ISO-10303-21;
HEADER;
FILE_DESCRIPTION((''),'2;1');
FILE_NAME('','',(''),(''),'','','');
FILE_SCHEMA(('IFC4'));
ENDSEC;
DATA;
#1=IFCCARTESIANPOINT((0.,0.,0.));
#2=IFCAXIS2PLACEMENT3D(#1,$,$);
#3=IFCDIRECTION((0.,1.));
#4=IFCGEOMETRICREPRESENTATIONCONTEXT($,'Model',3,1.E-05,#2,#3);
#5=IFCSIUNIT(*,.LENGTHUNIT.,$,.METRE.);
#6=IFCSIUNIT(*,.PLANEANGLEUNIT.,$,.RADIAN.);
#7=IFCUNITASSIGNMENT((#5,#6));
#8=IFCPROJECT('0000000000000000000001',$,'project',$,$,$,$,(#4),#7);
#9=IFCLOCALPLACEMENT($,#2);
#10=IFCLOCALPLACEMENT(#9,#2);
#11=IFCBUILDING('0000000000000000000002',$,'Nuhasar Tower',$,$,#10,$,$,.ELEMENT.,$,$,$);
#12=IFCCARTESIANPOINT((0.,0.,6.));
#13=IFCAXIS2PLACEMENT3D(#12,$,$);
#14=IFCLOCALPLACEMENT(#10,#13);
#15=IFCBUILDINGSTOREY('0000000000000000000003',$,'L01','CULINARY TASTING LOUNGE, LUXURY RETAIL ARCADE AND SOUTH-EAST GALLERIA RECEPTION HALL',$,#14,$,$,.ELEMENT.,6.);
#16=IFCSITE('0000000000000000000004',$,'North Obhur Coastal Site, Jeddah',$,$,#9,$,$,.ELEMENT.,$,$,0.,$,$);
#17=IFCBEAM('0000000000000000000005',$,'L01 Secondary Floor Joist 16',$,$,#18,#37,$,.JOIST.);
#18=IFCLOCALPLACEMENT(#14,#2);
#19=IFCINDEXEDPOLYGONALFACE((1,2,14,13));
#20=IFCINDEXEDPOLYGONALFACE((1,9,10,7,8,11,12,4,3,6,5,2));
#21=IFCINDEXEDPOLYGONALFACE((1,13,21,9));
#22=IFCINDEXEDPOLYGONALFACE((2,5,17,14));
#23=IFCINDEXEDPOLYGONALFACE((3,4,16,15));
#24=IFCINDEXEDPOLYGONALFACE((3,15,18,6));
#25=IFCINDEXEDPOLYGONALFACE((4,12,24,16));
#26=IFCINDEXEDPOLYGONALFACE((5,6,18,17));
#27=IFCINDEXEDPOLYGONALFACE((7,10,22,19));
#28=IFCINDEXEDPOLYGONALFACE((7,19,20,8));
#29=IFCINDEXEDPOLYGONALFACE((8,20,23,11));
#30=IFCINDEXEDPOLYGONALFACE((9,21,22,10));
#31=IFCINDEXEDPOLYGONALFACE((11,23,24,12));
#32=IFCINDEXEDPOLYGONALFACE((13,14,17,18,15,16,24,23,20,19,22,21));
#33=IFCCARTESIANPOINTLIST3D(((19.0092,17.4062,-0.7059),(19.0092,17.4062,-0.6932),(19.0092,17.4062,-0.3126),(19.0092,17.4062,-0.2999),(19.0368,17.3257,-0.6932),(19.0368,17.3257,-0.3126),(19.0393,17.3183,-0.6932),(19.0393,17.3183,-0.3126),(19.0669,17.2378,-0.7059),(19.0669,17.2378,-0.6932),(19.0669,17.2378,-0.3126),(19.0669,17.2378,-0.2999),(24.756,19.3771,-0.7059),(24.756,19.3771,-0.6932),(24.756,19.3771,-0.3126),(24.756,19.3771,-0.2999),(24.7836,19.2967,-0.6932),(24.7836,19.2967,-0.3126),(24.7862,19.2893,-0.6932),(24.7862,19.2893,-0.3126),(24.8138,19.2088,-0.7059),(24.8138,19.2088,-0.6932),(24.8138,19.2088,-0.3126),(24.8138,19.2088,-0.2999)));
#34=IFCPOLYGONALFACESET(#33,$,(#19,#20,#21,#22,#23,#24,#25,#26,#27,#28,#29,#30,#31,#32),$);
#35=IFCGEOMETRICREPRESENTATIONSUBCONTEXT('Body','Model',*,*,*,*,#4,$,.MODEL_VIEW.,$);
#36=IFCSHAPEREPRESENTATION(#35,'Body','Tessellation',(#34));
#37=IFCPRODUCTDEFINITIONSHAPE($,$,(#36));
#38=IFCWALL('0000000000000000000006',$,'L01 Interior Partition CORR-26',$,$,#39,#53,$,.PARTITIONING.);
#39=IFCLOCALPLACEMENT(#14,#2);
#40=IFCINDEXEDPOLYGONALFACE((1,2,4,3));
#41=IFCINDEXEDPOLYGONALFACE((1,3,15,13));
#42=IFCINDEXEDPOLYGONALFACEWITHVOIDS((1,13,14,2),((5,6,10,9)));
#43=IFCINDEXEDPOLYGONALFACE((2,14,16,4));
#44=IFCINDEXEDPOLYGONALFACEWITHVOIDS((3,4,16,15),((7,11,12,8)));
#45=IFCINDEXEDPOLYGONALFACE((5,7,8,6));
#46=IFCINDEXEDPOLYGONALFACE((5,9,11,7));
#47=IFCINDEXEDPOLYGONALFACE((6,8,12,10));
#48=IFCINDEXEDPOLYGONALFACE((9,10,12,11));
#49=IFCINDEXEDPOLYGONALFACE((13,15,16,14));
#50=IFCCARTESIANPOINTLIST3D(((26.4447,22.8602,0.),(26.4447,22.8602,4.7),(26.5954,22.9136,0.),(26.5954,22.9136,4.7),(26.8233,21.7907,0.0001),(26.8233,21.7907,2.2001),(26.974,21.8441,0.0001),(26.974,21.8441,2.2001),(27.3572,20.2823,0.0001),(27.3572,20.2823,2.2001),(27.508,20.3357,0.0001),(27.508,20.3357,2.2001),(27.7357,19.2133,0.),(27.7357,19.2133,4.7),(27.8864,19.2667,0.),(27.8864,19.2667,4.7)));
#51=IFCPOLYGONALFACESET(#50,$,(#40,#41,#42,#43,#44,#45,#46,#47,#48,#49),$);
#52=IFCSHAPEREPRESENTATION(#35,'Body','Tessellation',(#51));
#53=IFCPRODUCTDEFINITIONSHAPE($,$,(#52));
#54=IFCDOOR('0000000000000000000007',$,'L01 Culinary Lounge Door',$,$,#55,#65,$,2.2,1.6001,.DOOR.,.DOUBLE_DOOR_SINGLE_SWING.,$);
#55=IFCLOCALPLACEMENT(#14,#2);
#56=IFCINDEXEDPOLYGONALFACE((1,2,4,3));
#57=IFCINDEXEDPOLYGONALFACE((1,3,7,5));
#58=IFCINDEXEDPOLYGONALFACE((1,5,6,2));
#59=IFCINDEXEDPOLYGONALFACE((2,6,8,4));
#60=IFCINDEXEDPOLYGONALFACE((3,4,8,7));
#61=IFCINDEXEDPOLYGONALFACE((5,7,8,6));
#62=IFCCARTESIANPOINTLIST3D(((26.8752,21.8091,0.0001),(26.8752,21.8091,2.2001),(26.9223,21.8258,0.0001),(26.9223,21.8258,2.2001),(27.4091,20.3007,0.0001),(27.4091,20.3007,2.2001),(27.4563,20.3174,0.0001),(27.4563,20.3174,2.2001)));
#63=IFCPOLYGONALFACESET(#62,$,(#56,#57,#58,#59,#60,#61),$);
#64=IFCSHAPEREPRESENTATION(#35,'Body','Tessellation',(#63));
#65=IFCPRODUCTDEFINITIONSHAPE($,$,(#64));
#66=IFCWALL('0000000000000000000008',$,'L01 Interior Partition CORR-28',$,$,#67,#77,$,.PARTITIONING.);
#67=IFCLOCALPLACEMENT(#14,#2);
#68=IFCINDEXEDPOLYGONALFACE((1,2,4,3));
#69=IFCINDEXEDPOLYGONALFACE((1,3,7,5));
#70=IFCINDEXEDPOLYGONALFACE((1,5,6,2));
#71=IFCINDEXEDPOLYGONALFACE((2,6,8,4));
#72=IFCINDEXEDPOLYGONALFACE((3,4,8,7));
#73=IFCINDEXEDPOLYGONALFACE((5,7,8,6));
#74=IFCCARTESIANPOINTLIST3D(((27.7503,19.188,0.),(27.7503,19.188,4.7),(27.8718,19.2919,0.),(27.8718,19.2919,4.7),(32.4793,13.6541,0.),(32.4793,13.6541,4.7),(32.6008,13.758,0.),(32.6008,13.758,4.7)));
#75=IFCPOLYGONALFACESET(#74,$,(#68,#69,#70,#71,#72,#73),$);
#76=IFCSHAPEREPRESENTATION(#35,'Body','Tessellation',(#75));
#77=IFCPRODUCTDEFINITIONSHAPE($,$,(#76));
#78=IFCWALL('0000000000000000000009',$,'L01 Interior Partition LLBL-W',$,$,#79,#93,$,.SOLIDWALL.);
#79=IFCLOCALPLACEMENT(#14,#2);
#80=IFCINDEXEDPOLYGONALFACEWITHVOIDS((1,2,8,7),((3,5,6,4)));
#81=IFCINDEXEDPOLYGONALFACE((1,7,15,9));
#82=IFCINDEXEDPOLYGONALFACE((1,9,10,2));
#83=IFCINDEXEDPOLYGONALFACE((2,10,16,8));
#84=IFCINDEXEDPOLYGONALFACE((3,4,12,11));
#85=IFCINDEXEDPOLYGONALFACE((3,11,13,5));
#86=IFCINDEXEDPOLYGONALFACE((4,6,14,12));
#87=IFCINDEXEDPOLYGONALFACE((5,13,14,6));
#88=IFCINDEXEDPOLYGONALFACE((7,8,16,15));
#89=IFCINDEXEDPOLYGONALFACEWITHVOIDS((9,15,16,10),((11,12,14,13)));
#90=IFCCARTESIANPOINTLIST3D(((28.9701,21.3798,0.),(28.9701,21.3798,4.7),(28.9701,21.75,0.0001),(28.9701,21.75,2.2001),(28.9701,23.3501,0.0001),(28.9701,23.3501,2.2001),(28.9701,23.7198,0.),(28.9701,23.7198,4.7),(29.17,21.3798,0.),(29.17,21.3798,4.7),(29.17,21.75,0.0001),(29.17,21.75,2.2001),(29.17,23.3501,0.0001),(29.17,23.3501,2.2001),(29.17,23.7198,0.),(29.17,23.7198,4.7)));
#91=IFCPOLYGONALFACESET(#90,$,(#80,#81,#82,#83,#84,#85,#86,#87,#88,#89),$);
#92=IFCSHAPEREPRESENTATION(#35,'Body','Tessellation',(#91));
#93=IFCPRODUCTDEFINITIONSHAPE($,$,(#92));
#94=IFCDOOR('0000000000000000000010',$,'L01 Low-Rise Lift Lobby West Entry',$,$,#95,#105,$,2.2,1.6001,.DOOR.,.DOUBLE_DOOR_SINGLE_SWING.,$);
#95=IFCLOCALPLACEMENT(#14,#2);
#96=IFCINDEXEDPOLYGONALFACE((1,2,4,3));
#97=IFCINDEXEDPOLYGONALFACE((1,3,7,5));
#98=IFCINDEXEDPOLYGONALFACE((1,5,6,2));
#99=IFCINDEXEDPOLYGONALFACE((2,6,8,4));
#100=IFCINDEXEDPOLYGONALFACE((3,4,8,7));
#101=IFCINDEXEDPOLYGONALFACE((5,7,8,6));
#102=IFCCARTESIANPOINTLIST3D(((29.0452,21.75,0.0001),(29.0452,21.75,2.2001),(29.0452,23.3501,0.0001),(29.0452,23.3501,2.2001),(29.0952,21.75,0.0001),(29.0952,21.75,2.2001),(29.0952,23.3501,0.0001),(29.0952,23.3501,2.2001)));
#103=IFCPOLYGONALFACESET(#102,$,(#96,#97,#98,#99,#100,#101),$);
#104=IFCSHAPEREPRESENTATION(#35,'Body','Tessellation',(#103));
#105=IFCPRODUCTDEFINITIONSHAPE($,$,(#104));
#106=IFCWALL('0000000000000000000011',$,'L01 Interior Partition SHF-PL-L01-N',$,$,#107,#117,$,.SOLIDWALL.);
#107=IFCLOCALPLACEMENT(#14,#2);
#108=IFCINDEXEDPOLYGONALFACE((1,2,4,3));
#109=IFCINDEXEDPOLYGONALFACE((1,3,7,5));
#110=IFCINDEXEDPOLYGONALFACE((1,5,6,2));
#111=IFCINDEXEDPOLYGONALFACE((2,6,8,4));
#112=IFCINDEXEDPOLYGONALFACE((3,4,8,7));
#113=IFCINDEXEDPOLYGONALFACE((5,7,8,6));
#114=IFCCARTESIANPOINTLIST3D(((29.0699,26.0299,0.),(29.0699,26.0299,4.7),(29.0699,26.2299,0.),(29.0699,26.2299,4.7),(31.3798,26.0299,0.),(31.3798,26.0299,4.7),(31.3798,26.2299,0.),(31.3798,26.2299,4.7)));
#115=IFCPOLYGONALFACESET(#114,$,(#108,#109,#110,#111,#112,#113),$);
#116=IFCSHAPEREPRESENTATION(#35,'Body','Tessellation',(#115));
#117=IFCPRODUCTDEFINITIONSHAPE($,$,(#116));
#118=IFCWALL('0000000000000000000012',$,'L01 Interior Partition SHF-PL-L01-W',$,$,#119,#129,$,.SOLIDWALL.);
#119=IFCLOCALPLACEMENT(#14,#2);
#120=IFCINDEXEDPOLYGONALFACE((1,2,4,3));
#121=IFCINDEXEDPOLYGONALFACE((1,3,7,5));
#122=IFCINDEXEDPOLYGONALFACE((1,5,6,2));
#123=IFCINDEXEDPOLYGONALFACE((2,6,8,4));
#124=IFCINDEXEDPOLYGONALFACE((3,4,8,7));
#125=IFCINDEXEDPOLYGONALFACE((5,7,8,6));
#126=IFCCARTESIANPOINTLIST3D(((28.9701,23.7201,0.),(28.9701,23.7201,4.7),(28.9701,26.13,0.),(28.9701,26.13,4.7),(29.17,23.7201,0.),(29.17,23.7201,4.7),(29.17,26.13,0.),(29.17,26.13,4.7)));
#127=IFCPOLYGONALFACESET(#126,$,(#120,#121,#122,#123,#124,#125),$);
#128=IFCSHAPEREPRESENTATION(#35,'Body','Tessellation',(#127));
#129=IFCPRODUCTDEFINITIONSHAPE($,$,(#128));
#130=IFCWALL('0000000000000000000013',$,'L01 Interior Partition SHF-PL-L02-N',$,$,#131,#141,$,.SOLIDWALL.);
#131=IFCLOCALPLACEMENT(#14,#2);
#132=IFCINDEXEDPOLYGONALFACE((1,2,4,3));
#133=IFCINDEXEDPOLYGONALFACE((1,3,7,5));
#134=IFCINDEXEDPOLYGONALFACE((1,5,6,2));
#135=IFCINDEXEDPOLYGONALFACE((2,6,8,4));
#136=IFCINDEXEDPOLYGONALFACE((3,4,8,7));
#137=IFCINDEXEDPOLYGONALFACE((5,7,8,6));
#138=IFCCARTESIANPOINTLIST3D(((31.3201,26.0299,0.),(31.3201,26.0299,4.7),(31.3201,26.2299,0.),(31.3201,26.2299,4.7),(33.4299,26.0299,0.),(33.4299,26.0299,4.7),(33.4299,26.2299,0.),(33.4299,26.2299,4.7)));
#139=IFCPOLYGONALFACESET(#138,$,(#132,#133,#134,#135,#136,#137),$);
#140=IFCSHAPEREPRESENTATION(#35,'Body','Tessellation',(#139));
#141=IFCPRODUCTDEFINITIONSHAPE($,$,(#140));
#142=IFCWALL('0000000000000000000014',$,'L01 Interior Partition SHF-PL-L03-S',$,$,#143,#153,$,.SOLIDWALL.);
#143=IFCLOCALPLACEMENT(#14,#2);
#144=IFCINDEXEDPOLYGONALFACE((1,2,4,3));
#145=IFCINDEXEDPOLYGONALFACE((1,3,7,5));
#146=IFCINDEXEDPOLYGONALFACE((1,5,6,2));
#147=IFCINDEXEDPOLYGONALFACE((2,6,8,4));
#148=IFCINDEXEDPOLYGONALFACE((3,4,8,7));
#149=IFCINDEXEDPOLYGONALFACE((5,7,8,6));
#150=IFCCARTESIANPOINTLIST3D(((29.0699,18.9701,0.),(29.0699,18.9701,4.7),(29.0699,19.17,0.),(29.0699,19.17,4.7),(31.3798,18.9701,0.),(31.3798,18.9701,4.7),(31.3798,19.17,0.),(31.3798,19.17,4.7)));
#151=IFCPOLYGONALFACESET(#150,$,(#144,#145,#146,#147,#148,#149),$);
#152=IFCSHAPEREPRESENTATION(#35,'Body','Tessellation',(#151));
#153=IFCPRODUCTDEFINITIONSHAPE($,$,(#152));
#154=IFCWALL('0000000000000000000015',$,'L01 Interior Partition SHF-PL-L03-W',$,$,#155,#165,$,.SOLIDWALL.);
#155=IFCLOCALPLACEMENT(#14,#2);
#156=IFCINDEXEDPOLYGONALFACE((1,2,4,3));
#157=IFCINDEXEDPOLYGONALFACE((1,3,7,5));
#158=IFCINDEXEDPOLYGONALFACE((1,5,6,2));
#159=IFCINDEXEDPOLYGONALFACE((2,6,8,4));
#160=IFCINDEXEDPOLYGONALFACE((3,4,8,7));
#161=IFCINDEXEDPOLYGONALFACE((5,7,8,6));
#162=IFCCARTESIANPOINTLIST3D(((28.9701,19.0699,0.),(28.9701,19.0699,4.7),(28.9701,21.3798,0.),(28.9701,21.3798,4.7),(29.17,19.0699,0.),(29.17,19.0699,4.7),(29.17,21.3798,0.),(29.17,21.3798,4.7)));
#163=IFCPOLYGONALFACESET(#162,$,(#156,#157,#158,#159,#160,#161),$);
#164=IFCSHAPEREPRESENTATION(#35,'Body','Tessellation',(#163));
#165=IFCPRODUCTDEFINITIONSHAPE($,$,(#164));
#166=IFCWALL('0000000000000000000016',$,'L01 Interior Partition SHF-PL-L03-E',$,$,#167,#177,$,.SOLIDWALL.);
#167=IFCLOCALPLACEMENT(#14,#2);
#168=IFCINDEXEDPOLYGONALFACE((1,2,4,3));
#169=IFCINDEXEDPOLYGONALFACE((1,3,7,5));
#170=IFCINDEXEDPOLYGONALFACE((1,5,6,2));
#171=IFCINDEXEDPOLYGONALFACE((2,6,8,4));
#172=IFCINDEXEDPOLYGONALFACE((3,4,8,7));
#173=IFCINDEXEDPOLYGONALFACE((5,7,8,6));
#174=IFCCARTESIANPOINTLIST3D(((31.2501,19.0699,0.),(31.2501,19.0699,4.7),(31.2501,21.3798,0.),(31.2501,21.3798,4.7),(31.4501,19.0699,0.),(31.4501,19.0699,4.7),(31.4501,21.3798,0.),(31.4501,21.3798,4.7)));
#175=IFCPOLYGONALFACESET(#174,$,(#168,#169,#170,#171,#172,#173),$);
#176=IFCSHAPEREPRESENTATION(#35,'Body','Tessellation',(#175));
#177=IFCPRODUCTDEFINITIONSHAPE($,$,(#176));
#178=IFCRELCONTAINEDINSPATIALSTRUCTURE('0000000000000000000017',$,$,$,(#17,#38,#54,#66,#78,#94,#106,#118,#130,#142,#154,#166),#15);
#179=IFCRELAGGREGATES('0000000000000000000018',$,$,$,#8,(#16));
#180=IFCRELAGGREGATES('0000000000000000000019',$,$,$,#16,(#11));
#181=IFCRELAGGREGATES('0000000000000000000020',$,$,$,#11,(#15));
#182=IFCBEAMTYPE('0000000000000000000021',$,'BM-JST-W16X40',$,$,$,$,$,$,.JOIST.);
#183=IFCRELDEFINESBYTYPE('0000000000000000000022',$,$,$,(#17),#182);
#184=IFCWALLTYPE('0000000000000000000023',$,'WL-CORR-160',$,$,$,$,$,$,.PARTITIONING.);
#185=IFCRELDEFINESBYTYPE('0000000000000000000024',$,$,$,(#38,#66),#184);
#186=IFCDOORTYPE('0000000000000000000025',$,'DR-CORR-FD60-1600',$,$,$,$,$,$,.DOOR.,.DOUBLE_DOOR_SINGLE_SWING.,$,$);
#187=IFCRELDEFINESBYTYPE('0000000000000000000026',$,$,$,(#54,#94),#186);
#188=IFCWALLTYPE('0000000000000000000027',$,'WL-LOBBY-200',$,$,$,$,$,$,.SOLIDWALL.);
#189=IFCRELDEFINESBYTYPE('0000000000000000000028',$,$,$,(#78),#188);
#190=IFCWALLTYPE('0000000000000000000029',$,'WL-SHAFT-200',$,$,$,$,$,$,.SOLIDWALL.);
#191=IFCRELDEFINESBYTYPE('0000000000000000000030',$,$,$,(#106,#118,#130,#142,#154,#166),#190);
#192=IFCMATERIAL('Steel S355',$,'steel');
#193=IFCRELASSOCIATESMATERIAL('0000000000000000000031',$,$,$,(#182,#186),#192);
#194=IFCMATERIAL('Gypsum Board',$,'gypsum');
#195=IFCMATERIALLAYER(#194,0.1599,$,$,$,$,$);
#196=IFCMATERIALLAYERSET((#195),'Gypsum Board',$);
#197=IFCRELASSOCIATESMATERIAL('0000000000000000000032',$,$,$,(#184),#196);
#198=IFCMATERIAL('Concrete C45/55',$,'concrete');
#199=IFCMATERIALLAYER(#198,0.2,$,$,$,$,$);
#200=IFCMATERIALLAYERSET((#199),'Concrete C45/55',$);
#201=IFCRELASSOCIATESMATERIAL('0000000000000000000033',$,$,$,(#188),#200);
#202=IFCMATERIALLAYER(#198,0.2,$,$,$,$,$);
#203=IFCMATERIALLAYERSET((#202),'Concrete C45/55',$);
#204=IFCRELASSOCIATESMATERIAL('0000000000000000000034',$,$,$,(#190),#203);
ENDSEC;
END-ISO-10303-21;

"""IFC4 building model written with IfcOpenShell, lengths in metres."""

from ifc_helpers import new_model, si_unit, direction, frame, frame_2d, origin, origin_2d, place, context, subcontext, project, spatial, rectangle, i_section, extrude, material, layer, layer_set, material_profile, profile_set, type_object, element, fill, save


model = new_model("IFC4")

# Units and contexts
model_context = context("Model", 3, precision=1e-05, world=origin(), true_north=direction((0.0, 1.0)))
body_context = subcontext(model_context, "Body", "Model", "MODEL_VIEW")
ifc_project = project(units=[si_unit("LENGTHUNIT", "METRE"), si_unit("PLANEANGLEUNIT", "RADIAN")], contexts=[model_context])

# Site, building, storey
site_placement = place(None, origin())
site = spatial("IfcSite", under=ifc_project, at=site_placement, Name="North Obhur Coastal Site, Jeddah", CompositionType="ELEMENT", RefElevation=0.0)
building_placement = place(site_placement, origin())
building = spatial("IfcBuilding", under=site, at=building_placement, Name="Nuhasar Tower", CompositionType="ELEMENT")
storey_placement = place(building_placement, frame((0.0, 0.0, 6.0)))
storey = spatial("IfcBuildingStorey", under=building, at=storey_placement, Name="L01", Description="CULINARY TASTING LOUNGE, LUXURY RETAIL ARCADE AND SOUTH-EAST GALLERIA RECEPTION HALL", CompositionType="ELEMENT", Elevation=6.0)

# Beam
ifc_material_1 = material(Name="Steel S355", Category="steel")
ifc_material_profile = material_profile(ifc_material_1, i_section(OverallWidth=0.178, OverallDepth=0.406, WebThickness=0.0078, FlangeThickness=0.0127, at=origin_2d()), Name="W16X40")
ifc_profile_set = profile_set([ifc_material_profile], Name="Steel S355")
beam_type = type_object("IfcBeamType", Name="BM-JST-W16X40", PredefinedType="JOIST", material=ifc_profile_set)
beam_placement = place(storey_placement, frame((24.7849, 19.293, -0.5029), z_axis=(-0.945915, -0.324414, 0.0), x_axis=(0.324414, -0.945915, 0.0)))
element("IfcBeam", 1, at=beam_placement, inside=storey, type_object=beam_type, Name="L01 Secondary Floor Joist 16", PredefinedType="JOIST", context=body_context, shape_type="SweptSolid", body=[
    extrude(i_section(OverallWidth=0.178, OverallDepth=0.406, WebThickness=0.0078, FlangeThickness=0.0127, at=origin_2d()), origin(), (0.0, 0.0, 1.0), 6.0754),
])

# Wall, opening, door
ifc_material_2 = material(Name="Gypsum Board", Category="gypsum")
ifc_layer_1 = layer(ifc_material_2, 0.1599)
ifc_layer_set_1 = layer_set([ifc_layer_1], Name="Gypsum Board")
wall_type_1 = type_object("IfcWallType", Name="WL-CORR-160", PredefinedType="PARTITIONING", material=ifc_layer_set_1)
wall_1_placement = place(storey_placement, frame((27.811, 19.24, 0.0), z_axis=(0.0, 0.0, 1.0), x_axis=(-0.333705, 0.942678, 0.0)))
wall_1 = element("IfcWall", 2, at=wall_1_placement, inside=storey, type_object=wall_type_1, Name="L01 Interior Partition CORR-26", PredefinedType="PARTITIONING", context=body_context, shape_type="SweptSolid", body=[
    extrude(rectangle(XDim=3.8687, YDim=0.1599, at=frame_2d((1.9343, 0.0))), origin(), (0.0, 0.0, 1.0), 4.7),
])
opening_1_placement = place(wall_1_placement, frame((1.134, 0.0, 0.0)))
opening_1 = element("IfcOpeningElement", 3, at=opening_1_placement, cuts=wall_1, PredefinedType="OPENING", context=body_context, shape_type="SweptSolid", body=[
    extrude(rectangle(XDim=1.6001, YDim=2.2, at=frame_2d((0.8, 1.1001))), frame((0.0, 0.0898, 0.0), z_axis=(0.0, -1.0, 0.0), x_axis=(1.0, 0.0, 0.0)), (0.0, 0.0, 1.0), 0.1799),
])
door_type_1 = type_object("IfcDoorType", Name="DR-CORR-FD60-1600", OperationType="DOUBLE_DOOR_SINGLE_SWING", PredefinedType="DOOR", material=ifc_material_1)
door_1_placement = place(opening_1_placement, origin())
door_1 = element("IfcDoor", 4, at=door_1_placement, inside=storey, type_object=door_type_1, Name="L01 Culinary Lounge Door", OperationType="DOUBLE_DOOR_SINGLE_SWING", OverallHeight=2.2, OverallWidth=1.6001, PredefinedType="DOOR", context=body_context, shape_type="SweptSolid", body=[
    extrude(rectangle(XDim=1.6001, YDim=2.2, at=frame_2d((0.8, 1.1001))), frame((0.0, 0.0249, 0.0), z_axis=(0.0, -1.0, 0.0), x_axis=(1.0, 0.0, 0.0)), (0.0, 0.0, 1.0), 0.05),
])
fill(opening_1, door_1)

# Wall
wall_2_placement = place(storey_placement, frame((27.811, 19.24, 0.0), z_axis=(0.0, 0.0, 1.0), x_axis=(0.649653, -0.760231, 0.0)))
element("IfcWall", 5, at=wall_2_placement, inside=storey, type_object=wall_type_1, Name="L01 Interior Partition CORR-28", PredefinedType="PARTITIONING", context=body_context, shape_type="SweptSolid", body=[
    extrude(rectangle(XDim=7.2793, YDim=0.1599, at=frame_2d((3.6396, 0.0))), origin(), (0.0, 0.0, 1.0), 4.7),
])

# Wall, opening, door
ifc_material_3 = material(Name="Concrete C45/55", Category="concrete")
ifc_layer_2 = layer(ifc_material_3, 0.2)
ifc_layer_set_2 = layer_set([ifc_layer_2], Name="Concrete C45/55")
wall_type_2 = type_object("IfcWallType", Name="WL-LOBBY-200", PredefinedType="SOLIDWALL", material=ifc_layer_set_2)
wall_3_placement = place(storey_placement, frame((29.0701, 21.3799, 0.0), z_axis=(0.0, 0.0, 1.0), x_axis=(0.0, 1.0, 0.0)))
wall_3 = element("IfcWall", 6, at=wall_3_placement, inside=storey, type_object=wall_type_2, Name="L01 Interior Partition LLBL-W", PredefinedType="SOLIDWALL", context=body_context, shape_type="SweptSolid", body=[
    extrude(rectangle(XDim=2.3401, YDim=0.2, at=frame_2d((1.1699, 0.0))), origin(), (0.0, 0.0, 1.0), 4.7),
])
opening_2_placement = place(wall_3_placement, frame((0.3701, 0.0, 0.0)))
opening_2 = element("IfcOpeningElement", 7, at=opening_2_placement, cuts=wall_3, PredefinedType="OPENING", context=body_context, shape_type="SweptSolid", body=[
    extrude(rectangle(XDim=1.6001, YDim=2.2, at=frame_2d((0.8, 1.1001))), frame((0.0, 0.1099, 0.0), z_axis=(0.0, -1.0, 0.0), x_axis=(1.0, 0.0, 0.0)), (0.0, 0.0, 1.0), 0.22),
])
door_2_placement = place(opening_2_placement, origin())
door_2 = element("IfcDoor", 8, at=door_2_placement, inside=storey, type_object=door_type_1, Name="L01 Low-Rise Lift Lobby West Entry", OperationType="DOUBLE_DOOR_SINGLE_SWING", OverallHeight=2.2, OverallWidth=1.6001, PredefinedType="DOOR", context=body_context, shape_type="SweptSolid", body=[
    extrude(rectangle(XDim=1.6001, YDim=2.2, at=frame_2d((0.8, 1.1001))), frame((0.0, 0.0249, 0.0), z_axis=(0.0, -1.0, 0.0), x_axis=(1.0, 0.0, 0.0)), (0.0, 0.0, 1.0), 0.05),
])
fill(opening_2, door_2)
ifc_layer_3 = layer(ifc_material_3, 0.2)
ifc_layer_set_3 = layer_set([ifc_layer_3], Name="Concrete C45/55")
wall_type_3 = type_object("IfcWallType", Name="WL-SHAFT-200", PredefinedType="SOLIDWALL", material=ifc_layer_set_3)

# Walls
wall_4_placement = place(storey_placement, frame((29.0701, 26.1299, 0.0), z_axis=(0.0, 0.0, 1.0), x_axis=(1.0, 0.0, 0.0)))
element("IfcWall", 9, at=wall_4_placement, inside=storey, type_object=wall_type_3, Name="L01 Interior Partition SHF-PL-L01-N", PredefinedType="SOLIDWALL", context=body_context, shape_type="SweptSolid", body=[
    extrude(rectangle(XDim=2.3098, YDim=0.2, at=frame_2d((1.1548, 0.0))), origin(), (0.0, 0.0, 1.0), 4.7),
])
wall_5_placement = place(storey_placement, frame((29.0701, 23.72, 0.0), z_axis=(0.0, 0.0, 1.0), x_axis=(0.0, 1.0, 0.0)))
element("IfcWall", 10, at=wall_5_placement, inside=storey, type_object=wall_type_3, Name="L01 Interior Partition SHF-PL-L01-W", PredefinedType="SOLIDWALL", context=body_context, shape_type="SweptSolid", body=[
    extrude(rectangle(XDim=2.4099, YDim=0.2, at=frame_2d((1.2051, 0.0))), origin(), (0.0, 0.0, 1.0), 4.7),
])

# Walls
wall_6_placement = place(storey_placement, frame((31.3201, 26.1299, 0.0), z_axis=(0.0, 0.0, 1.0), x_axis=(1.0, 0.0, 0.0)))
element("IfcWall", 11, at=wall_6_placement, inside=storey, type_object=wall_type_3, Name="L01 Interior Partition SHF-PL-L02-N", PredefinedType="SOLIDWALL", context=body_context, shape_type="SweptSolid", body=[
    extrude(rectangle(XDim=2.1099, YDim=0.2, at=frame_2d((1.0549, 0.0))), origin(), (0.0, 0.0, 1.0), 4.7),
])
wall_7_placement = place(storey_placement, frame((29.0701, 19.0701, 0.0), z_axis=(0.0, 0.0, 1.0), x_axis=(1.0, 0.0, 0.0)))
element("IfcWall", 12, at=wall_7_placement, inside=storey, type_object=wall_type_3, Name="L01 Interior Partition SHF-PL-L03-S", PredefinedType="SOLIDWALL", context=body_context, shape_type="SweptSolid", body=[
    extrude(rectangle(XDim=2.3098, YDim=0.2, at=frame_2d((1.1548, 0.0))), origin(), (0.0, 0.0, 1.0), 4.7),
])

# Walls
for number, where, z_axis, x_axis, name in (
    (13, (29.0701, 19.0701, 0.0), (0.0, 0.0, 1.0), (0.0, 1.0, 0.0), "L01 Interior Partition SHF-PL-L03-W"),
    (14, (31.3501, 19.0701, 0.0), (0.0, 0.0, 1.0), (0.0, 1.0, 0.0), "L01 Interior Partition SHF-PL-L03-E"),
):
    element("IfcWall", number, at=place(storey_placement, frame(where, z_axis=z_axis, x_axis=x_axis)), inside=storey, type_object=wall_type_3, Name=name, PredefinedType="SOLIDWALL", context=body_context, shape_type="SweptSolid", body=[
        extrude(rectangle(XDim=2.3098, YDim=0.2, at=frame_2d((1.1548, 0.0))), origin(), (0.0, 0.0, 1.0), 4.7),
    ])

save(model, "model.ifc")
